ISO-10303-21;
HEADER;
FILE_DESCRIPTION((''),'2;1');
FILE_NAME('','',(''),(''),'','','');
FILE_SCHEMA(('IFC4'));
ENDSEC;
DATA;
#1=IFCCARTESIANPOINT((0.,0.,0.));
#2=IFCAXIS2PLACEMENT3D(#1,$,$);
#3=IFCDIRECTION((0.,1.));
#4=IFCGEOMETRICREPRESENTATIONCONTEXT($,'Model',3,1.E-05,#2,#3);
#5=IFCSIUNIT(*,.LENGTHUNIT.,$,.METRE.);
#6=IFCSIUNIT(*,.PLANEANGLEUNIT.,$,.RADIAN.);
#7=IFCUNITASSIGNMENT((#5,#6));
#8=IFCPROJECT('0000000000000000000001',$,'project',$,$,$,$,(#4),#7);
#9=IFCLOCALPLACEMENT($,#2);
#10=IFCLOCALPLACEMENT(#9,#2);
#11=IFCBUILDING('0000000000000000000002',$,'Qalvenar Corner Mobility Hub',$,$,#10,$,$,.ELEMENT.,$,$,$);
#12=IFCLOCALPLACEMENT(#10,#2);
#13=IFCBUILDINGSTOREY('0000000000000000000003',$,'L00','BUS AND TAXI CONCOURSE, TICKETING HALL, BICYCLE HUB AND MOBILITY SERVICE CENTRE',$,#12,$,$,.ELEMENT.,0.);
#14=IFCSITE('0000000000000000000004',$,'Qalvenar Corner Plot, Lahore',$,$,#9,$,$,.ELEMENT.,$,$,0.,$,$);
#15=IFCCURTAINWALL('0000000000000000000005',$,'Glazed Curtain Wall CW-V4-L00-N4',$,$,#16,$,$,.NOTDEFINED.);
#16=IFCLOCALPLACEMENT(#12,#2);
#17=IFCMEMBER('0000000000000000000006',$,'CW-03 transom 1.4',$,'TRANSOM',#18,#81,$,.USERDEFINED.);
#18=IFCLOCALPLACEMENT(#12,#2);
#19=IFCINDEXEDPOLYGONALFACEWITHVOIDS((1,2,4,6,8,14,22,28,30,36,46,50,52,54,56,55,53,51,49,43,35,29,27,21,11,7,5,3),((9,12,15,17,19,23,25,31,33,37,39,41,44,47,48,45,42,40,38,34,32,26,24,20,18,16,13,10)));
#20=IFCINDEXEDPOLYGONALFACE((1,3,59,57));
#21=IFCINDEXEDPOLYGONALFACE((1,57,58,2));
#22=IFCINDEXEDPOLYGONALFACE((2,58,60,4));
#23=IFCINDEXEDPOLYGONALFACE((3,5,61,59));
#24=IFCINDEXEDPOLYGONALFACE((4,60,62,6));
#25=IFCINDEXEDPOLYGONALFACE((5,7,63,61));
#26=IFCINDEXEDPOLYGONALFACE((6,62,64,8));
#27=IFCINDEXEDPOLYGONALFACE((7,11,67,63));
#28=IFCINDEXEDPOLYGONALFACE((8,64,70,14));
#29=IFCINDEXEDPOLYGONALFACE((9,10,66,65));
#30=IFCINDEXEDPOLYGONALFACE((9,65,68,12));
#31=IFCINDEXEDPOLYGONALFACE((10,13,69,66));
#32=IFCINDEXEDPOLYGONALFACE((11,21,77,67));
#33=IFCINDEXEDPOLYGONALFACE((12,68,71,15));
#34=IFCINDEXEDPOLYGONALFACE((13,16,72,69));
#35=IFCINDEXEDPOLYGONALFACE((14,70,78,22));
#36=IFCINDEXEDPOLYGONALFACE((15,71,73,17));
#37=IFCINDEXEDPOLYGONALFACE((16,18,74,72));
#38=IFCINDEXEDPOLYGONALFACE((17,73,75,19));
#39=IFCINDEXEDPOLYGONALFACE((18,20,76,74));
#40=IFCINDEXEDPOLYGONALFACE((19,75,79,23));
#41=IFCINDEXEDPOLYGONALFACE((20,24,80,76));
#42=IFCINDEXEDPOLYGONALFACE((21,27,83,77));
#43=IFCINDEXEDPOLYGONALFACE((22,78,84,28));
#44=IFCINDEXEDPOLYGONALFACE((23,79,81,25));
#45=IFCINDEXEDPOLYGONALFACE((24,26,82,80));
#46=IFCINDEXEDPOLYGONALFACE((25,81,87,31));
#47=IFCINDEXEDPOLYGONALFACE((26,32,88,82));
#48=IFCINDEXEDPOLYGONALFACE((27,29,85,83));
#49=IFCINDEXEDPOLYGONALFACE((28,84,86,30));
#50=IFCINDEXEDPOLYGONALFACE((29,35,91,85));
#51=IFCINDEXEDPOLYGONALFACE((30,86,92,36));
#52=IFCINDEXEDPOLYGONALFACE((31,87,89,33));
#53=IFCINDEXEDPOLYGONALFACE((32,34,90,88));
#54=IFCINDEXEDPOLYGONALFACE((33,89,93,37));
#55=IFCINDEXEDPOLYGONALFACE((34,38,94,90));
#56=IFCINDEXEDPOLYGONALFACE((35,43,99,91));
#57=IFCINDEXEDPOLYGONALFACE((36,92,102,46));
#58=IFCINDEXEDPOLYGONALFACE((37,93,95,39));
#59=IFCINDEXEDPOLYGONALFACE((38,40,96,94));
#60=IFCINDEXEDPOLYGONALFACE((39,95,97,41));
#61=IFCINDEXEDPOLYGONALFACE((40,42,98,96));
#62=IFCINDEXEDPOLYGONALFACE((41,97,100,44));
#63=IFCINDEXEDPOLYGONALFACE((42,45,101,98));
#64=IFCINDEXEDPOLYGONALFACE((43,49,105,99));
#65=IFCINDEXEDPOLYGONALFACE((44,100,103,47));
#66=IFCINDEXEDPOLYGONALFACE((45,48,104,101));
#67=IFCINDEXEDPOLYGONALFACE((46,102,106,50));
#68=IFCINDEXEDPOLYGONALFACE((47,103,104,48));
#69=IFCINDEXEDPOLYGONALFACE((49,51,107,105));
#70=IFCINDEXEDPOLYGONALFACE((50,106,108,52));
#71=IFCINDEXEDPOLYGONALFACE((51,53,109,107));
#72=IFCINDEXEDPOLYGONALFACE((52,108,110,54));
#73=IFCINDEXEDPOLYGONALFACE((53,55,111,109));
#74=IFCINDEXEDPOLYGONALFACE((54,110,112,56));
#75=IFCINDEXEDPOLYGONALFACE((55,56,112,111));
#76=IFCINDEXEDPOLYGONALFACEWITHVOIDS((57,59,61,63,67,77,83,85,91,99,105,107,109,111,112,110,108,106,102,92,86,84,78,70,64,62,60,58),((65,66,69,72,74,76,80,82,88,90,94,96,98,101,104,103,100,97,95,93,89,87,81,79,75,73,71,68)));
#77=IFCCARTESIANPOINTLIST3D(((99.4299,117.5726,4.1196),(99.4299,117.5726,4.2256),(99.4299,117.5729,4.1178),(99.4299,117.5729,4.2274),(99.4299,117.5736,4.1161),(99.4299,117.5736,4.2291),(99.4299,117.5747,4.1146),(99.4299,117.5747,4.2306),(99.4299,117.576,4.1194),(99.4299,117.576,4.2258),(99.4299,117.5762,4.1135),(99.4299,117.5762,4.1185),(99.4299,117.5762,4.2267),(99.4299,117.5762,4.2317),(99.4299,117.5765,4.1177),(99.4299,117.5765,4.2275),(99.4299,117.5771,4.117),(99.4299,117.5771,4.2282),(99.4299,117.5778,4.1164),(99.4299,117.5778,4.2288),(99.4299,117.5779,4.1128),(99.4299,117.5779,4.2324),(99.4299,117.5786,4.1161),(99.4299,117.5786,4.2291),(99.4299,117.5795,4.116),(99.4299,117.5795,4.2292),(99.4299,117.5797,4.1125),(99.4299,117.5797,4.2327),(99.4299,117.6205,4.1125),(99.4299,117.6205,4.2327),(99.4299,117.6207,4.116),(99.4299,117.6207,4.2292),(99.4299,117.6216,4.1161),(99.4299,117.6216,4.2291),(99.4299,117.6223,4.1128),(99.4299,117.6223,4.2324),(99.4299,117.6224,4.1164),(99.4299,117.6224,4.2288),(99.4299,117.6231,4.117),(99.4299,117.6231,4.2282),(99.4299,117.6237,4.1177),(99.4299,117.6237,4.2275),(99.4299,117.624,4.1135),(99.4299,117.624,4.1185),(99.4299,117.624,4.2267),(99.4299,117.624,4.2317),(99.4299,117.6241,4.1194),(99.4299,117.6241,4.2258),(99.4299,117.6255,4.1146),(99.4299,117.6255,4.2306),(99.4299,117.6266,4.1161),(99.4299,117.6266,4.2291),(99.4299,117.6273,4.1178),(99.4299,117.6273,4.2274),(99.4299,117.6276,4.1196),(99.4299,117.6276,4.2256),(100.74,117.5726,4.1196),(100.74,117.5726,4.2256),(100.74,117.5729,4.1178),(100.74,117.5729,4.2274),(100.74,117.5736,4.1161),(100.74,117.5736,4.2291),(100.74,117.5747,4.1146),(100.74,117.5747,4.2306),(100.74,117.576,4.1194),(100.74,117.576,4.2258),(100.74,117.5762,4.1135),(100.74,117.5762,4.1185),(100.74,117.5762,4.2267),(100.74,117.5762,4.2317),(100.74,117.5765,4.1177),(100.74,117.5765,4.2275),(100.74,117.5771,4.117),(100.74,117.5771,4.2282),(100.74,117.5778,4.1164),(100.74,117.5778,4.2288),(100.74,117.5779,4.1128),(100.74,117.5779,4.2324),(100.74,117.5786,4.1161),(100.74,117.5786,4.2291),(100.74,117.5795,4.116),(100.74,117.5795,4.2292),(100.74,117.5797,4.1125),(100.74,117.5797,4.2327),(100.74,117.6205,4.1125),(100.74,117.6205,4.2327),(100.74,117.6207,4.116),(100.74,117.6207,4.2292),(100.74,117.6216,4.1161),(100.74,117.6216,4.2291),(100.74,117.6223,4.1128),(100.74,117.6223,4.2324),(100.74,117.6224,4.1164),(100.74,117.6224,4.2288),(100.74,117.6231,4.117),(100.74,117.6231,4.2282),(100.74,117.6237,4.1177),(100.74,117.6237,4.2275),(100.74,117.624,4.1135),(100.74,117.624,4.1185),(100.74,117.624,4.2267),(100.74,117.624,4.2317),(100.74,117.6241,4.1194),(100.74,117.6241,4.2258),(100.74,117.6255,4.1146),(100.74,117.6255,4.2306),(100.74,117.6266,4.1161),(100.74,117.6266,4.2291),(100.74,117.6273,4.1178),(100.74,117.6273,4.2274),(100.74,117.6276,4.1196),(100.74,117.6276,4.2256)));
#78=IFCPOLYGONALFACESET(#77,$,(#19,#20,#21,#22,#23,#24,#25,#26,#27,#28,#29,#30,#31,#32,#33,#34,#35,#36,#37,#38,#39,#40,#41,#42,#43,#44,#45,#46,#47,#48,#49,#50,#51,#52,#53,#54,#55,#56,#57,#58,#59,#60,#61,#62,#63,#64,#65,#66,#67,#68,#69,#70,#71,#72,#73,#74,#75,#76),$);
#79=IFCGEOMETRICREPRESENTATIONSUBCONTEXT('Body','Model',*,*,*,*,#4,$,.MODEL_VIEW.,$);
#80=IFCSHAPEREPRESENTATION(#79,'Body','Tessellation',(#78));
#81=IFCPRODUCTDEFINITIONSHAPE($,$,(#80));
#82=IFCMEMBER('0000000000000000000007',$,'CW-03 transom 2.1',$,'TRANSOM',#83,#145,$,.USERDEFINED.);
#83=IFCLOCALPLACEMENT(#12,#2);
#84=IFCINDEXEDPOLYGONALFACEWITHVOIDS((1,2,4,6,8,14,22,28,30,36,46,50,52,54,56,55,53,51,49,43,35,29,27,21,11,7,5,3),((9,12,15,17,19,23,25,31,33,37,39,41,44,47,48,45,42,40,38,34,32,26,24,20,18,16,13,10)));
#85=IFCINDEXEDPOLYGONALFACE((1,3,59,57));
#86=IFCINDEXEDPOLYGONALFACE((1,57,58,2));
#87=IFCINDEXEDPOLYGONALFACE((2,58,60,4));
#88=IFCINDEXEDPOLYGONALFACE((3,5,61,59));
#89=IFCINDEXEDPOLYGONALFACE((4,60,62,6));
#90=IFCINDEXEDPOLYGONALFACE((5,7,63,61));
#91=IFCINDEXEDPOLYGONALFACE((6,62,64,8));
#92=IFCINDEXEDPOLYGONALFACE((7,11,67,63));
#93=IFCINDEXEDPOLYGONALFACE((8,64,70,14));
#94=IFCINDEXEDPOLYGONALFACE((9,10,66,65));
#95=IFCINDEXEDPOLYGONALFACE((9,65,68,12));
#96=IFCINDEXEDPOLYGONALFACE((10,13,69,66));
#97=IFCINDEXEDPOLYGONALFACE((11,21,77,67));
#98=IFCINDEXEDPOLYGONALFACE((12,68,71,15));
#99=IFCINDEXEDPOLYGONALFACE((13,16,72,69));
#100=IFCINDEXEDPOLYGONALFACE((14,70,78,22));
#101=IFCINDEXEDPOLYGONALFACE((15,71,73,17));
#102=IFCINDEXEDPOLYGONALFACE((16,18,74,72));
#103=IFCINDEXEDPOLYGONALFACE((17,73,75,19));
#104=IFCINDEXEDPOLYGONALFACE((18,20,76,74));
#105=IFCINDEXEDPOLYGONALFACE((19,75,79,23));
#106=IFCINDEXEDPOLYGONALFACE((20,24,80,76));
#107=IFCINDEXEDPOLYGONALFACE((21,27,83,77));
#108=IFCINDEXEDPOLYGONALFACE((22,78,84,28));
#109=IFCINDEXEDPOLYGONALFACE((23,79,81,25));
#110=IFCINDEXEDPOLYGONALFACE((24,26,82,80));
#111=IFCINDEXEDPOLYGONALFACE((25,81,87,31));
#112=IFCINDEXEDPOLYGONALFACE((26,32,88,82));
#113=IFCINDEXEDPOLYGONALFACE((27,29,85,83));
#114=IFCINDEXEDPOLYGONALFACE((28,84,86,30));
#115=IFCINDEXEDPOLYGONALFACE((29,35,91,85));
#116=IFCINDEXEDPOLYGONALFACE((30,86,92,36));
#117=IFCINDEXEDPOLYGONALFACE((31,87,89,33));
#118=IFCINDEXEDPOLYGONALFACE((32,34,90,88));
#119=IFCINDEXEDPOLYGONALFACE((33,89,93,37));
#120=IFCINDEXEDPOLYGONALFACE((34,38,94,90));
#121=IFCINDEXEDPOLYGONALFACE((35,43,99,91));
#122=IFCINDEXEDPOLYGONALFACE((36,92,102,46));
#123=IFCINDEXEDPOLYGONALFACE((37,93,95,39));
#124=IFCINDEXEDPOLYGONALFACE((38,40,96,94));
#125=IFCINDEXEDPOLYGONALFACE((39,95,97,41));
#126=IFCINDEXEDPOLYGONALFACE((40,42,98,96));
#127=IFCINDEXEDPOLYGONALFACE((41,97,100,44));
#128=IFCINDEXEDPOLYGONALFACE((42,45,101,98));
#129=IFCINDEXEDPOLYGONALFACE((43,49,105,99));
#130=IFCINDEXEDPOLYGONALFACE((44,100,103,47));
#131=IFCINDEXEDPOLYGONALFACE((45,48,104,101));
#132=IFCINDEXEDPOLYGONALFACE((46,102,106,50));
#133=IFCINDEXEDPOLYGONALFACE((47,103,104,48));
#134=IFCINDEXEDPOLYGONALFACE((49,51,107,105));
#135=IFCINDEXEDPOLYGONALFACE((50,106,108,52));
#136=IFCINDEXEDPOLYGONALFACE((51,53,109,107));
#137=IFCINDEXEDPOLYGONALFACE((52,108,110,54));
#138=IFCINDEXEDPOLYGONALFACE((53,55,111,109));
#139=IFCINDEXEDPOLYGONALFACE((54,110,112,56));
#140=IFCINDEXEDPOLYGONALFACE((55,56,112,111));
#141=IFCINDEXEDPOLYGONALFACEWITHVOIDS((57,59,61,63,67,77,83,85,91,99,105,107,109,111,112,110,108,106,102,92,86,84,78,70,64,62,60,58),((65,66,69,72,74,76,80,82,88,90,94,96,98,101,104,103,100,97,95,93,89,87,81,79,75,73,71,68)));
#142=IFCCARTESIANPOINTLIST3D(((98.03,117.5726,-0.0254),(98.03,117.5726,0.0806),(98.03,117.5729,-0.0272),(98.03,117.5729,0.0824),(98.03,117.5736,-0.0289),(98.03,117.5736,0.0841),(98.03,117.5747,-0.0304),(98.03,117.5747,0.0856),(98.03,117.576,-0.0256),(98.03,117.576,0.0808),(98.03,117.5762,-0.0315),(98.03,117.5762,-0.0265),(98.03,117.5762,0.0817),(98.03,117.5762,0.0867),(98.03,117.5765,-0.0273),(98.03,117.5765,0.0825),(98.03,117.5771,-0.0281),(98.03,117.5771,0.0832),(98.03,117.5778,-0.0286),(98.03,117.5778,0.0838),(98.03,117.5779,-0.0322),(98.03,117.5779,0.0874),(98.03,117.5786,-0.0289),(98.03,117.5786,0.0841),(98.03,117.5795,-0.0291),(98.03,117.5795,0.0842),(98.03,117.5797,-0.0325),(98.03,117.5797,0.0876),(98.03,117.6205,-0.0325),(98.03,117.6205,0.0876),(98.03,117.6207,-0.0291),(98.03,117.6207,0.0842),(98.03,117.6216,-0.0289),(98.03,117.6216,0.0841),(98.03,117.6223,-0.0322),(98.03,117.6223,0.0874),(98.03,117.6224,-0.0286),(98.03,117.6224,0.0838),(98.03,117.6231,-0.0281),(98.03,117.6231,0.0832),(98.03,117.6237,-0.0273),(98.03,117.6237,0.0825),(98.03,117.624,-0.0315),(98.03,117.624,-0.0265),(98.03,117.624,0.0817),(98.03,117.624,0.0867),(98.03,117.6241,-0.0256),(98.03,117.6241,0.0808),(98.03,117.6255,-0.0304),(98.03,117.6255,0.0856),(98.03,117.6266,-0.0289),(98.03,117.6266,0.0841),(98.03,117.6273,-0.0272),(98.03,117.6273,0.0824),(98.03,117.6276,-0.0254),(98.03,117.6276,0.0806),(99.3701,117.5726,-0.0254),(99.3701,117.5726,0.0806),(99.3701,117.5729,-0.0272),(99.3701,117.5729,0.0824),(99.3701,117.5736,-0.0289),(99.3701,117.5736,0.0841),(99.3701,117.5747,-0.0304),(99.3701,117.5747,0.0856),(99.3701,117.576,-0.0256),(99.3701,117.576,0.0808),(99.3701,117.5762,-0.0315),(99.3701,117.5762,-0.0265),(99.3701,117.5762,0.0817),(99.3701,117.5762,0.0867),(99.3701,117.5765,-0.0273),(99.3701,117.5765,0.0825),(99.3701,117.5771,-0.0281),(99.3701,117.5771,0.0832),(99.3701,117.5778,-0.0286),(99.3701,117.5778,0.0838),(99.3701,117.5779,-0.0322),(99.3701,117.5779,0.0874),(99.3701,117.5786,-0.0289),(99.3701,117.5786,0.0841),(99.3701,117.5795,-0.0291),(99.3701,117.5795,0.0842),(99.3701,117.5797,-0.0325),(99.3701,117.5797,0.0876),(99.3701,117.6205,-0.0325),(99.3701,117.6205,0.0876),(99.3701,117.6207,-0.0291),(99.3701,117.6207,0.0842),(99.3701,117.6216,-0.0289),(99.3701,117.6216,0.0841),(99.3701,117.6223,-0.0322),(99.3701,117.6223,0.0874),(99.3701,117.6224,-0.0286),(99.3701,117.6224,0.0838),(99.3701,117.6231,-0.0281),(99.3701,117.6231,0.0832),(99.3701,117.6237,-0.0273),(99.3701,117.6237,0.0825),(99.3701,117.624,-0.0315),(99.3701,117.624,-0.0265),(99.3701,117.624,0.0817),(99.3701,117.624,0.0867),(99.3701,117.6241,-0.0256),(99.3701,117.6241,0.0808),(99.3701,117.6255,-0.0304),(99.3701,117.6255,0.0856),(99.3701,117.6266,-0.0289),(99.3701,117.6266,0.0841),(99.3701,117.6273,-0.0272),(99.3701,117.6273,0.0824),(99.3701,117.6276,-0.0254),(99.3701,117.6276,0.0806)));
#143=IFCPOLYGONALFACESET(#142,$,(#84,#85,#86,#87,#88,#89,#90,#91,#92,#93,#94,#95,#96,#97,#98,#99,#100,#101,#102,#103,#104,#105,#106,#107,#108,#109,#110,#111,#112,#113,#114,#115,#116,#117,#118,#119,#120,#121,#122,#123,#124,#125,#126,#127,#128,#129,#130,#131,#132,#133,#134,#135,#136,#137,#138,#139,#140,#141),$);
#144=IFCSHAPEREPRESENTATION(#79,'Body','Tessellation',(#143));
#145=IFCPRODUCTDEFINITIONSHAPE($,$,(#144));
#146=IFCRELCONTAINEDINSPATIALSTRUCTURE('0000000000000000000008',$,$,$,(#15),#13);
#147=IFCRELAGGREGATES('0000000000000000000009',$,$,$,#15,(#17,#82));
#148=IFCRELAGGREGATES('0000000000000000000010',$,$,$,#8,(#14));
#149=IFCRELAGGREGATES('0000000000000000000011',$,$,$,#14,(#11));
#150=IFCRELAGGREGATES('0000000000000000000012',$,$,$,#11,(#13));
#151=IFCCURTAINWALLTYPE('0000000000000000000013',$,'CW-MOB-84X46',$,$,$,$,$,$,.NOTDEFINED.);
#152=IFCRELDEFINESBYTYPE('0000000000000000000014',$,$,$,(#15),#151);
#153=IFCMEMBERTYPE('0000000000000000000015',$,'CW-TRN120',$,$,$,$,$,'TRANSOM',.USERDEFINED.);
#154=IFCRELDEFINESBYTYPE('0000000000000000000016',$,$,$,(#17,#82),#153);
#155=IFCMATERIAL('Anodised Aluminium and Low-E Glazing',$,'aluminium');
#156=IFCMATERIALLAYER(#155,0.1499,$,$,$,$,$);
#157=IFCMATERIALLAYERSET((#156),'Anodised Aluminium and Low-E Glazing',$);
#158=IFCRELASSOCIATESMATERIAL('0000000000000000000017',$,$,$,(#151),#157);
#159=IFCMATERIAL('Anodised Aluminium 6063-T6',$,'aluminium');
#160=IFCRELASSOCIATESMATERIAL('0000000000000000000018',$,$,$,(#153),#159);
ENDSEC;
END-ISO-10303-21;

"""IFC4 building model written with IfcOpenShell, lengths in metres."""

from ifc_helpers import new_model, si_unit, direction, frame, origin, origin_2d, place, context, subcontext, project, spatial, hollow_rectangle, extrude, material, layer, layer_set, material_profile, profile_set, type_object, element, aggregate, save


model = new_model("IFC4")

# Units and contexts
model_context = context("Model", 3, precision=1e-05, world=origin(), true_north=direction((0.0, 1.0)))
body_context = subcontext(model_context, "Body", "Model", "MODEL_VIEW")
ifc_project = project(units=[si_unit("LENGTHUNIT", "METRE"), si_unit("PLANEANGLEUNIT", "RADIAN")], contexts=[model_context])

# Site, building, storey
site_placement = place(None, origin())
site = spatial("IfcSite", under=ifc_project, at=site_placement, Name="Qalvenar Corner Plot, Lahore", CompositionType="ELEMENT", RefElevation=0.0)
building_placement = place(site_placement, origin())
building = spatial("IfcBuilding", under=site, at=building_placement, Name="Qalvenar Corner Mobility Hub", CompositionType="ELEMENT")
storey_placement = place(building_placement, origin())
storey = spatial("IfcBuildingStorey", under=building, at=storey_placement, Name="L00", Description="BUS AND TAXI CONCOURSE, TICKETING HALL, BICYCLE HUB AND MOBILITY SERVICE CENTRE", CompositionType="ELEMENT", Elevation=0.0)

# Curtain wall, members
ifc_material_1 = material(Name="Anodised Aluminium and Low-E Glazing", Category="aluminium")
ifc_layer_1 = layer(ifc_material_1, 0.1499)
ifc_layer_set_1 = layer_set([ifc_layer_1], Name="Anodised Aluminium and Low-E Glazing")
curtain_wall_type = type_object("IfcCurtainWallType", Name="CW-MOB-84X46", PredefinedType="NOTDEFINED", material=ifc_layer_set_1)
curtain_wall_placement = place(storey_placement, origin())
curtain_wall = element("IfcCurtainWall", 1, at=curtain_wall_placement, inside=storey, type_object=curtain_wall_type, Name="Glazed Curtain Wall CW-V4-L00-N4", PredefinedType="NOTDEFINED")
ifc_material_2 = material(Name="Anodised Aluminium 6063-T6", Category="aluminium")
ifc_material_profile_1 = material_profile(ifc_material_2, hollow_rectangle(XDim=0.0549, YDim=0.1201, WallThickness=0.0034, InnerFilletRadius=0.0034, OuterFilletRadius=0.0071, at=origin_2d()), Name="RHS120x55x3.5")
ifc_profile_set_1 = profile_set([ifc_material_profile_1], Name="Anodised Aluminium 6063-T6")
member_type_1 = type_object("IfcMemberType", Name="CW-TRN120", ElementType="TRANSOM", PredefinedType="USERDEFINED", material=ifc_profile_set_1)
member_1_placement = place(storey_placement, frame((100.74, 117.6001, 4.1726), z_axis=(-1.0, 0.0, 0.0), x_axis=(0.0, -1.0, 0.0)))
member_1 = element("IfcMember", 2, at=member_1_placement, type_object=member_type_1, Name="CW-03 transom 1.4", ObjectType="TRANSOM", PredefinedType="USERDEFINED", context=body_context, shape_type="SweptSolid", body=[
    extrude(hollow_rectangle(XDim=0.0549, YDim=0.1201, WallThickness=0.0034, InnerFilletRadius=0.0034, OuterFilletRadius=0.0071, at=origin_2d()), origin(), (0.0, 0.0, 1.0), 1.3101),
])
member_2_placement = place(storey_placement, frame((99.3701, 117.6001, 0.0276), z_axis=(-1.0, 0.0, 0.0), x_axis=(0.0, -1.0, 0.0)))
member_2 = element("IfcMember", 3, at=member_2_placement, type_object=member_type_1, Name="CW-03 transom 2.1", ObjectType="TRANSOM", PredefinedType="USERDEFINED", context=body_context, shape_type="SweptSolid", body=[
    extrude(hollow_rectangle(XDim=0.0549, YDim=0.1201, WallThickness=0.0034, InnerFilletRadius=0.0034, OuterFilletRadius=0.0071, at=origin_2d()), origin(), (0.0, 0.0, 1.0), 1.3401),
])
aggregate(curtain_wall, [member_1, member_2])

save(model, "model.ifc")
